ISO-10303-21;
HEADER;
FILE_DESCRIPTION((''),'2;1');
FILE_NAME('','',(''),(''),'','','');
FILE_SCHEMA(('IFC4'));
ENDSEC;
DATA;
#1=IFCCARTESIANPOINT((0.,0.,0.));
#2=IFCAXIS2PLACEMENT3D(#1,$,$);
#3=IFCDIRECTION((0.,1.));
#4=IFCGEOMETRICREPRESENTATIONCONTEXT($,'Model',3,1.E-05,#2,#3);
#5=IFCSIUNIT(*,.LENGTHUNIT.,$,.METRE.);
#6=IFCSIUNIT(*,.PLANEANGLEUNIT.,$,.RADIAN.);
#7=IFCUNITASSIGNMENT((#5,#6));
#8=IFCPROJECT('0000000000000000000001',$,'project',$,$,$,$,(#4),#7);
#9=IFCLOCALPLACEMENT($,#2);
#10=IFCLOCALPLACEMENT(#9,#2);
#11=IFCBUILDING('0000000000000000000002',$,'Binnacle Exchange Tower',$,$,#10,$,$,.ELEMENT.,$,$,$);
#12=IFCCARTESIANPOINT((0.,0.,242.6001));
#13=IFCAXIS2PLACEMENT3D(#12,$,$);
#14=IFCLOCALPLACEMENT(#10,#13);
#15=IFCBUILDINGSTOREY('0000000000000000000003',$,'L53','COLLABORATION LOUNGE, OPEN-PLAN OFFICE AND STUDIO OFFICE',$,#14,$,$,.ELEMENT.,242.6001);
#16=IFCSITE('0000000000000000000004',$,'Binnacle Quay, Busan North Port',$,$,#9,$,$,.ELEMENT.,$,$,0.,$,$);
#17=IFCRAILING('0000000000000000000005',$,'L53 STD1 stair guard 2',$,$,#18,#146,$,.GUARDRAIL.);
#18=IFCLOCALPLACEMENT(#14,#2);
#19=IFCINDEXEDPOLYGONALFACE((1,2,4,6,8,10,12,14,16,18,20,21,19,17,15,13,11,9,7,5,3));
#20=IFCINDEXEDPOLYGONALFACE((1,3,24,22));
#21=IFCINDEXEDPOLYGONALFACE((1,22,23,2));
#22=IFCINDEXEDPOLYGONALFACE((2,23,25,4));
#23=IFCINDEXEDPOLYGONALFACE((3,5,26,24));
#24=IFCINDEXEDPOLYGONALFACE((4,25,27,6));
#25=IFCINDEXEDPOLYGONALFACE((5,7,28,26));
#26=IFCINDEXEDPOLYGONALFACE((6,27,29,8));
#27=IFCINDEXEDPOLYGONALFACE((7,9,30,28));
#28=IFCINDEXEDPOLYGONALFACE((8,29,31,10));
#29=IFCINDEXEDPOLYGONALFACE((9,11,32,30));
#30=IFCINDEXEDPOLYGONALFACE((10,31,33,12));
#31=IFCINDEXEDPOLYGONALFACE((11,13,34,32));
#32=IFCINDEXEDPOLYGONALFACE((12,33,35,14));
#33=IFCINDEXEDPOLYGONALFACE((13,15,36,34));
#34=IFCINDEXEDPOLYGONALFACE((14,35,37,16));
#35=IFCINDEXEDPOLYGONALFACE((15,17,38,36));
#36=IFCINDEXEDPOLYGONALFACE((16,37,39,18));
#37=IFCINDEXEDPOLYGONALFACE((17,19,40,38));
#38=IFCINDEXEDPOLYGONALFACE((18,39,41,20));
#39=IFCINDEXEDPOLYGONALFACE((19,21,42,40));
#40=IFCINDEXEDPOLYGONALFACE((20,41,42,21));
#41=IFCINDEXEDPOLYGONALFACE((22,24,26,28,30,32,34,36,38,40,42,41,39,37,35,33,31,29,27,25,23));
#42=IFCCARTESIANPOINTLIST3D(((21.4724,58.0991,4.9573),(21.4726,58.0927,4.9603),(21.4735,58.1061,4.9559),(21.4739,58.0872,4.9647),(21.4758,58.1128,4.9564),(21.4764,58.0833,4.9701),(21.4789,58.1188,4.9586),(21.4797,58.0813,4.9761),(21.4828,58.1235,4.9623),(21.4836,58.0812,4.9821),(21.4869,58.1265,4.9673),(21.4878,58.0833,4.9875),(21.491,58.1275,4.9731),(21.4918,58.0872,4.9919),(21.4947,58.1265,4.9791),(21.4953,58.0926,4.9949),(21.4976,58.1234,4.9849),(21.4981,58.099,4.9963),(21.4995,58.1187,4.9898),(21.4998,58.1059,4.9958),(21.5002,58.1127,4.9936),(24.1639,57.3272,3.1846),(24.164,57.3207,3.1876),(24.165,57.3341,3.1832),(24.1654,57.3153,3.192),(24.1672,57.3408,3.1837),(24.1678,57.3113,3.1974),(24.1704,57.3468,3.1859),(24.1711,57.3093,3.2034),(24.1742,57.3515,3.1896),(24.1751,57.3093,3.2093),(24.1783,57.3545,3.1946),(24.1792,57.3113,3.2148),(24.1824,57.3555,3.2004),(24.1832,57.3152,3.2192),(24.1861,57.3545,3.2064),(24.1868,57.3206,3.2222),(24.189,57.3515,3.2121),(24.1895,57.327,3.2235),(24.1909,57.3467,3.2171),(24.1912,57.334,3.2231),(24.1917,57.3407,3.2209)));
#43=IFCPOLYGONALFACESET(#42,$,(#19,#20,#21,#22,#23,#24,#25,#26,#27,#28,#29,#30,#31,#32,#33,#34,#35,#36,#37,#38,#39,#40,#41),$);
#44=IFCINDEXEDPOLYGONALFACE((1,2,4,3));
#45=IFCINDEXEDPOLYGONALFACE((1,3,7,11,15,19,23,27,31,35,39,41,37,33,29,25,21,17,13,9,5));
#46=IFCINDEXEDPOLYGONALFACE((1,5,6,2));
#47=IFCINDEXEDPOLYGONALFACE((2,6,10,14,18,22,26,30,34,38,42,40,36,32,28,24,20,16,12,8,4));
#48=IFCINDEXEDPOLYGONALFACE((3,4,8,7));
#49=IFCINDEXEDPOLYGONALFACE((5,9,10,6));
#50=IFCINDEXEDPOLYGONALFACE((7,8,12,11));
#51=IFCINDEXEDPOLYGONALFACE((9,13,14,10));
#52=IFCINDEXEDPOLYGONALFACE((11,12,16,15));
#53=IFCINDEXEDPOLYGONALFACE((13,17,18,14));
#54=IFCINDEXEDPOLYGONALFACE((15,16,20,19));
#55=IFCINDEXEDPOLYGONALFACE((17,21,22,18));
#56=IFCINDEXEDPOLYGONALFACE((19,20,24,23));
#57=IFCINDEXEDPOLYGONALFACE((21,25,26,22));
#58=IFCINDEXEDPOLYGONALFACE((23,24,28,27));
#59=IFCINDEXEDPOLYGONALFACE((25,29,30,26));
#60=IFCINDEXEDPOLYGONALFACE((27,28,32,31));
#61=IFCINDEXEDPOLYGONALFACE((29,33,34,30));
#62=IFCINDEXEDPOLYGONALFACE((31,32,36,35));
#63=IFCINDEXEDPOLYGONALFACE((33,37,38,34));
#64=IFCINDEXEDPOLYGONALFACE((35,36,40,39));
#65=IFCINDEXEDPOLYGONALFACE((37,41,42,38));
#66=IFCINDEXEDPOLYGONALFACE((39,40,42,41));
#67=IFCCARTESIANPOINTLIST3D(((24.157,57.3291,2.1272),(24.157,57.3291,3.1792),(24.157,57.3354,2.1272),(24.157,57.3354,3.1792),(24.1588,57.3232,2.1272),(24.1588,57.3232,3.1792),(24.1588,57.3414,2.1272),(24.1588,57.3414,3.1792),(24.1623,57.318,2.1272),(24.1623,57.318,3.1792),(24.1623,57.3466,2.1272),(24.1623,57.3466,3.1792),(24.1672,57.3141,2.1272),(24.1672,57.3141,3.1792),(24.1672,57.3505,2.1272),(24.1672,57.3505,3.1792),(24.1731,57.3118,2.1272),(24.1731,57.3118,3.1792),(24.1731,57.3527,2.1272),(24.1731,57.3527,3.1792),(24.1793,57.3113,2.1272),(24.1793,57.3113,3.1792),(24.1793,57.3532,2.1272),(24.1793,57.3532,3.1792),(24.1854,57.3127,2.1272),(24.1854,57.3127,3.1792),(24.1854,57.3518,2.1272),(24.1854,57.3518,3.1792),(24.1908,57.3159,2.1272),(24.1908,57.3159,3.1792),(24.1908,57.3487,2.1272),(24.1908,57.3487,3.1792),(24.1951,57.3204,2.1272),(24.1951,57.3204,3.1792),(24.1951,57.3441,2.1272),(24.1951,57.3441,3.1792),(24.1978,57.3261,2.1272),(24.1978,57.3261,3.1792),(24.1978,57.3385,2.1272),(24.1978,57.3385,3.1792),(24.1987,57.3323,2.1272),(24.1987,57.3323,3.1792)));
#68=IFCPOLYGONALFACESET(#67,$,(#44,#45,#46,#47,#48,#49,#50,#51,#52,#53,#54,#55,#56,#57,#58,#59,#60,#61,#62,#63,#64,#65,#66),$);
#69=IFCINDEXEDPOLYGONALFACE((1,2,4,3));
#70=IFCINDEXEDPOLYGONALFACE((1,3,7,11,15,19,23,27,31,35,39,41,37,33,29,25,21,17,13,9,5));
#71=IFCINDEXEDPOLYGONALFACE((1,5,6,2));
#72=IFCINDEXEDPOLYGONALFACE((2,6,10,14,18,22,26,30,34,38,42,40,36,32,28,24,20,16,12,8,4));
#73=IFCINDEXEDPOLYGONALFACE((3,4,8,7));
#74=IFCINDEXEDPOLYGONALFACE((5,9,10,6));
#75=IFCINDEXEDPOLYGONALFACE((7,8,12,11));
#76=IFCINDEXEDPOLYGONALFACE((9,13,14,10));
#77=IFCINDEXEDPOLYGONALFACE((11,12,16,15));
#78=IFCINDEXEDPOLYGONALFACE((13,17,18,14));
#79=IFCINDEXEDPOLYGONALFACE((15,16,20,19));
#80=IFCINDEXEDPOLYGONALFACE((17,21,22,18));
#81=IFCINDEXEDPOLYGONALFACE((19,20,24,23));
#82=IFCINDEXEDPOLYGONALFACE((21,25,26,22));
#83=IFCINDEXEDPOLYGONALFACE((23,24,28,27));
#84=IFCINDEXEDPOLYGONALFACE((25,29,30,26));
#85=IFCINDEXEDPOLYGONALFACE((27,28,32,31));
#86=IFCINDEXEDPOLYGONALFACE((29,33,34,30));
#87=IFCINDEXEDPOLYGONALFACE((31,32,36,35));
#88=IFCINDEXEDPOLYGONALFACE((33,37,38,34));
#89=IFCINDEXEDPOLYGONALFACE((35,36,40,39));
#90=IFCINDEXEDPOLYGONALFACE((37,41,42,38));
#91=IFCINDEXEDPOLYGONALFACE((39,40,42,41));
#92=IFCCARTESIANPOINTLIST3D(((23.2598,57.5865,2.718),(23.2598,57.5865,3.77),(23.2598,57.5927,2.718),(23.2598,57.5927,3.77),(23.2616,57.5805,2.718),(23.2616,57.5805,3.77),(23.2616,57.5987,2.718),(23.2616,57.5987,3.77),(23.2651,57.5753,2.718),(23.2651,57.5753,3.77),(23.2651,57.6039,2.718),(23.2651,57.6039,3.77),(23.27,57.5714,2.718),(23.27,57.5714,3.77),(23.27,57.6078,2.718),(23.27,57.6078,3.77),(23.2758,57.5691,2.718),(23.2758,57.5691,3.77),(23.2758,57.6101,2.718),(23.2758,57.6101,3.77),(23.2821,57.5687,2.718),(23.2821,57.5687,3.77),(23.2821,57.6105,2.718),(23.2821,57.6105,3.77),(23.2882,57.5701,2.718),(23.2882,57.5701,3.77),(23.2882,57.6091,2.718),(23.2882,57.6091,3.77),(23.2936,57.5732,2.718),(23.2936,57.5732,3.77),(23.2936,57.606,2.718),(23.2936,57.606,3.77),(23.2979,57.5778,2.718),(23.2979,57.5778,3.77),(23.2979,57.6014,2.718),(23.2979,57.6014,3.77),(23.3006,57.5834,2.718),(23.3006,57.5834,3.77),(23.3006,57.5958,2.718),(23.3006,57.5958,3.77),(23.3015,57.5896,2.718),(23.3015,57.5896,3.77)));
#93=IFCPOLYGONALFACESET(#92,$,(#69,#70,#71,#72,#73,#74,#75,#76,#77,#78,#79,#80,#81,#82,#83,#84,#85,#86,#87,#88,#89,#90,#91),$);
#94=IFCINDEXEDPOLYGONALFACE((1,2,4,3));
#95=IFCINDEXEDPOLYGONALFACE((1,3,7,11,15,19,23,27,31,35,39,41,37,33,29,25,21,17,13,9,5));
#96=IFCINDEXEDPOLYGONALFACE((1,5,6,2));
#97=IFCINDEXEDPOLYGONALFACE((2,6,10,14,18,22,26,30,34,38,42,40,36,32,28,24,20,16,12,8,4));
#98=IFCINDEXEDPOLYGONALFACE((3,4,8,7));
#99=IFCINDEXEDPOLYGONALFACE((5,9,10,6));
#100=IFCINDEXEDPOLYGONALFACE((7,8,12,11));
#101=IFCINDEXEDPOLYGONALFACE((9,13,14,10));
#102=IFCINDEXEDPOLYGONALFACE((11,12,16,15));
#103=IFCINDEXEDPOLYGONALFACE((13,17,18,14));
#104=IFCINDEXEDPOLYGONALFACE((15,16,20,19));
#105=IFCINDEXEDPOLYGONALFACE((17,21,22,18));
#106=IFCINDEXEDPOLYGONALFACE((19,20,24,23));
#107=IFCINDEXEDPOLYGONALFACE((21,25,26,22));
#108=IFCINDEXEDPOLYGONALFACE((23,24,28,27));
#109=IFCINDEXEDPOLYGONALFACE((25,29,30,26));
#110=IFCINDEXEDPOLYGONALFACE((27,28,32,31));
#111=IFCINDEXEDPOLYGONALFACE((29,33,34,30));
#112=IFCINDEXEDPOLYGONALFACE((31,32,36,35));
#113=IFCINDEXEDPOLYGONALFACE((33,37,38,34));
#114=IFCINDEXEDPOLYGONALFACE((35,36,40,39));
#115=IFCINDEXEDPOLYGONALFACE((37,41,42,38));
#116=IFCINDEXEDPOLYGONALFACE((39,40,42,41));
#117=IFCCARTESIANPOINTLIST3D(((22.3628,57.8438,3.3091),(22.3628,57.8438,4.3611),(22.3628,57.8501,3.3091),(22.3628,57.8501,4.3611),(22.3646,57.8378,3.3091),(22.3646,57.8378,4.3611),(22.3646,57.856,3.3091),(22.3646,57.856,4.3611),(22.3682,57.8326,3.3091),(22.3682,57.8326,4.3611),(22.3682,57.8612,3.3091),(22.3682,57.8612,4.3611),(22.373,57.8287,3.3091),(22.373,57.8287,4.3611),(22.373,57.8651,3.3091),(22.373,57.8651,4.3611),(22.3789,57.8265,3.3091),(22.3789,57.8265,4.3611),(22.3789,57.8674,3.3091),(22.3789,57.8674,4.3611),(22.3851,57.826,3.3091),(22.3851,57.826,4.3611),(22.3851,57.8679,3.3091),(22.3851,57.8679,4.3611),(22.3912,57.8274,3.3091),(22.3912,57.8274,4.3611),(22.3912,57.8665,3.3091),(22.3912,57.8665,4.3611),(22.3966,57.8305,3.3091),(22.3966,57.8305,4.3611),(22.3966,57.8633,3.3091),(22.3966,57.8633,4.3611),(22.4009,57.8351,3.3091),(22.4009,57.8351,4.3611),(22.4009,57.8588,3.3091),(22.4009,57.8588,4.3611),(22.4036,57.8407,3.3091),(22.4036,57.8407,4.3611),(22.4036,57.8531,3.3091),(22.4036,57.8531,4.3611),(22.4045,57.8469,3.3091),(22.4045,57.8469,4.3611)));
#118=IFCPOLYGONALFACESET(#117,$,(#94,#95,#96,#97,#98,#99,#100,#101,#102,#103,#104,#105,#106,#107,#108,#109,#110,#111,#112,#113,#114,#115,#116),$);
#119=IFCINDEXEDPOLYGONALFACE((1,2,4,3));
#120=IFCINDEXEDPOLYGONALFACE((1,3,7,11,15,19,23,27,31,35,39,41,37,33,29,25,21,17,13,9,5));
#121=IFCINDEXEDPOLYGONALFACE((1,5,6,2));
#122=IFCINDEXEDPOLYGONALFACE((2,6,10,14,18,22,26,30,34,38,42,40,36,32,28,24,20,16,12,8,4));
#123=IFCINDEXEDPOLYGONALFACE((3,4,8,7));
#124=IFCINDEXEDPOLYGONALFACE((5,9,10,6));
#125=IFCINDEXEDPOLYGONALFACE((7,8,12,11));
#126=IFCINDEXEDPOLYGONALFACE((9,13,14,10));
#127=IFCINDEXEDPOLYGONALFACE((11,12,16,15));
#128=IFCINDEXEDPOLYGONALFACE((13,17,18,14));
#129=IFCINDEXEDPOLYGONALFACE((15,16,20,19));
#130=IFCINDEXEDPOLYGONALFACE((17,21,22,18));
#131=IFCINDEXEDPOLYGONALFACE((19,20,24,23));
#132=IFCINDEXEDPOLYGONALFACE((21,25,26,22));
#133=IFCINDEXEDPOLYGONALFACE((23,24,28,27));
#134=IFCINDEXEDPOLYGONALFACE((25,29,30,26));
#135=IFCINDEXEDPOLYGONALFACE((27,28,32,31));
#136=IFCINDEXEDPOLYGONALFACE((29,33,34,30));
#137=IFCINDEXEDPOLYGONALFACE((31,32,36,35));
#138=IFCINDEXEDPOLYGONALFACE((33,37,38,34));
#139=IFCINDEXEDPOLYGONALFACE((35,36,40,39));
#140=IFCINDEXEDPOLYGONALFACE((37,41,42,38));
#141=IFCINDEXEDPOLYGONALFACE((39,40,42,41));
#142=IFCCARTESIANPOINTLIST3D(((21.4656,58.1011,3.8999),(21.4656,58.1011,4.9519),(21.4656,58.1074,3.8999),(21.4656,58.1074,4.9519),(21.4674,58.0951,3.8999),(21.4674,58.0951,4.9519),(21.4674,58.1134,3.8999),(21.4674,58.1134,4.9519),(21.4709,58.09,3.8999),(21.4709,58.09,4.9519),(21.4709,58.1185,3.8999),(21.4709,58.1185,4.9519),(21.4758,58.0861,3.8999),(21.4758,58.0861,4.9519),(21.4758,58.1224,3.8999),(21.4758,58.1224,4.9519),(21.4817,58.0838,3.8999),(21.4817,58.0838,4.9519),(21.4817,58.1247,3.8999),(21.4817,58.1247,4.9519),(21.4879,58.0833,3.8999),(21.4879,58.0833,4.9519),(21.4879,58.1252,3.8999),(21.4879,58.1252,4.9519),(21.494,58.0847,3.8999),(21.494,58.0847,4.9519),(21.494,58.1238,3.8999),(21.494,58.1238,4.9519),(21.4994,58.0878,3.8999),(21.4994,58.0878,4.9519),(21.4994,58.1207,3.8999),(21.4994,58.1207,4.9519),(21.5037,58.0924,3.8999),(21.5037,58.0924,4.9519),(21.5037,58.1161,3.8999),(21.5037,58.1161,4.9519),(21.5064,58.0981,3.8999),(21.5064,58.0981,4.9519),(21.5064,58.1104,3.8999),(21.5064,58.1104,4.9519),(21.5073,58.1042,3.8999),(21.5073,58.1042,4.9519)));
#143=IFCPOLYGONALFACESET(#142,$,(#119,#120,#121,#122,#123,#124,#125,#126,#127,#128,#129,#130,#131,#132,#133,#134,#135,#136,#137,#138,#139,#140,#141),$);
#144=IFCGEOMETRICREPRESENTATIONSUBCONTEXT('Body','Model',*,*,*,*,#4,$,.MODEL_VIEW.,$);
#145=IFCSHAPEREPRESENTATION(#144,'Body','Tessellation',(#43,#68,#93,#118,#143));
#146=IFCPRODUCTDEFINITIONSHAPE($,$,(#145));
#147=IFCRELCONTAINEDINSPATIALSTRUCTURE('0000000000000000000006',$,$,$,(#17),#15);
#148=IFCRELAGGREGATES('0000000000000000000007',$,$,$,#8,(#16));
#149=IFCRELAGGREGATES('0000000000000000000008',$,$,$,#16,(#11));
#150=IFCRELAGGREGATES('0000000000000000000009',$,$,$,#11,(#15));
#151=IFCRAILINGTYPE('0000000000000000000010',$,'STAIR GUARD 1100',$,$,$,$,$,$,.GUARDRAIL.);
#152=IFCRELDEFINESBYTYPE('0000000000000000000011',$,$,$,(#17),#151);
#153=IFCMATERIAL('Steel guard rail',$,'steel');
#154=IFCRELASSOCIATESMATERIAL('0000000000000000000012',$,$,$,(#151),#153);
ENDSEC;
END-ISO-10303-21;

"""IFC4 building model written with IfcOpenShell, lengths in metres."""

from ifc_helpers import new_model, si_unit, direction, frame, origin, origin_2d, place, context, subcontext, project, spatial, circle, extrude, material, type_object, element, save


model = new_model("IFC4")

# Units and contexts
model_context = context("Model", 3, precision=1e-05, world=origin(), true_north=direction((0.0, 1.0)))
body_context = subcontext(model_context, "Body", "Model", "MODEL_VIEW")
ifc_project = project(units=[si_unit("LENGTHUNIT", "METRE"), si_unit("PLANEANGLEUNIT", "RADIAN")], contexts=[model_context])

# Site, building, storey
site_placement = place(None, origin())
site = spatial("IfcSite", under=ifc_project, at=site_placement, Name="Binnacle Quay, Busan North Port", CompositionType="ELEMENT", RefElevation=0.0)
building_placement = place(site_placement, origin())
building = spatial("IfcBuilding", under=site, at=building_placement, Name="Binnacle Exchange Tower", CompositionType="ELEMENT")
storey_placement = place(building_placement, frame((0.0, 0.0, 242.6001)))
storey = spatial("IfcBuildingStorey", under=building, at=storey_placement, Name="L53", Description="COLLABORATION LOUNGE, OPEN-PLAN OFFICE AND STUDIO OFFICE", CompositionType="ELEMENT", Elevation=242.6001)

# Railing
ifc_material_1 = material(Name="Steel guard rail", Category="steel")
railing_type_1 = type_object("IfcRailingType", Name="STAIR GUARD 1100", PredefinedType="GUARDRAIL", material=ifc_material_1)
railing_1_placement = place(storey_placement, frame((24.1777, 57.3323, 2.1272)))
element("IfcRailing", 1, at=railing_1_placement, inside=storey, type_object=railing_type_1, Name="L53 STD1 stair guard 2", PredefinedType="GUARDRAIL", context=body_context, shape_type="SweptSolid", body=[
    extrude(circle(Radius=0.0239, at=origin_2d()), frame((0.0, 0.0, 1.0762), z_axis=(-0.812151, 0.232948, 0.534926), x_axis=(-0.275711, -0.96124, 0.0)), (0.0, 0.0, 1.0), 3.314),
    extrude(circle(Radius=0.021, at=origin_2d()), origin(), (0.0, 0.0, 1.0), 1.052),
    extrude(circle(Radius=0.021, at=origin_2d()), frame((-0.8972, 0.2573, 0.5908)), (0.0, 0.0, 1.0), 1.052),
    extrude(circle(Radius=0.021, at=origin_2d()), frame((-1.7942, 0.5146, 1.1819)), (0.0, 0.0, 1.0), 1.052),
    extrude(circle(Radius=0.021, at=origin_2d()), frame((-2.6914, 0.772, 1.7727)), (0.0, 0.0, 1.0), 1.052),
])

save(model, "model.ifc")
